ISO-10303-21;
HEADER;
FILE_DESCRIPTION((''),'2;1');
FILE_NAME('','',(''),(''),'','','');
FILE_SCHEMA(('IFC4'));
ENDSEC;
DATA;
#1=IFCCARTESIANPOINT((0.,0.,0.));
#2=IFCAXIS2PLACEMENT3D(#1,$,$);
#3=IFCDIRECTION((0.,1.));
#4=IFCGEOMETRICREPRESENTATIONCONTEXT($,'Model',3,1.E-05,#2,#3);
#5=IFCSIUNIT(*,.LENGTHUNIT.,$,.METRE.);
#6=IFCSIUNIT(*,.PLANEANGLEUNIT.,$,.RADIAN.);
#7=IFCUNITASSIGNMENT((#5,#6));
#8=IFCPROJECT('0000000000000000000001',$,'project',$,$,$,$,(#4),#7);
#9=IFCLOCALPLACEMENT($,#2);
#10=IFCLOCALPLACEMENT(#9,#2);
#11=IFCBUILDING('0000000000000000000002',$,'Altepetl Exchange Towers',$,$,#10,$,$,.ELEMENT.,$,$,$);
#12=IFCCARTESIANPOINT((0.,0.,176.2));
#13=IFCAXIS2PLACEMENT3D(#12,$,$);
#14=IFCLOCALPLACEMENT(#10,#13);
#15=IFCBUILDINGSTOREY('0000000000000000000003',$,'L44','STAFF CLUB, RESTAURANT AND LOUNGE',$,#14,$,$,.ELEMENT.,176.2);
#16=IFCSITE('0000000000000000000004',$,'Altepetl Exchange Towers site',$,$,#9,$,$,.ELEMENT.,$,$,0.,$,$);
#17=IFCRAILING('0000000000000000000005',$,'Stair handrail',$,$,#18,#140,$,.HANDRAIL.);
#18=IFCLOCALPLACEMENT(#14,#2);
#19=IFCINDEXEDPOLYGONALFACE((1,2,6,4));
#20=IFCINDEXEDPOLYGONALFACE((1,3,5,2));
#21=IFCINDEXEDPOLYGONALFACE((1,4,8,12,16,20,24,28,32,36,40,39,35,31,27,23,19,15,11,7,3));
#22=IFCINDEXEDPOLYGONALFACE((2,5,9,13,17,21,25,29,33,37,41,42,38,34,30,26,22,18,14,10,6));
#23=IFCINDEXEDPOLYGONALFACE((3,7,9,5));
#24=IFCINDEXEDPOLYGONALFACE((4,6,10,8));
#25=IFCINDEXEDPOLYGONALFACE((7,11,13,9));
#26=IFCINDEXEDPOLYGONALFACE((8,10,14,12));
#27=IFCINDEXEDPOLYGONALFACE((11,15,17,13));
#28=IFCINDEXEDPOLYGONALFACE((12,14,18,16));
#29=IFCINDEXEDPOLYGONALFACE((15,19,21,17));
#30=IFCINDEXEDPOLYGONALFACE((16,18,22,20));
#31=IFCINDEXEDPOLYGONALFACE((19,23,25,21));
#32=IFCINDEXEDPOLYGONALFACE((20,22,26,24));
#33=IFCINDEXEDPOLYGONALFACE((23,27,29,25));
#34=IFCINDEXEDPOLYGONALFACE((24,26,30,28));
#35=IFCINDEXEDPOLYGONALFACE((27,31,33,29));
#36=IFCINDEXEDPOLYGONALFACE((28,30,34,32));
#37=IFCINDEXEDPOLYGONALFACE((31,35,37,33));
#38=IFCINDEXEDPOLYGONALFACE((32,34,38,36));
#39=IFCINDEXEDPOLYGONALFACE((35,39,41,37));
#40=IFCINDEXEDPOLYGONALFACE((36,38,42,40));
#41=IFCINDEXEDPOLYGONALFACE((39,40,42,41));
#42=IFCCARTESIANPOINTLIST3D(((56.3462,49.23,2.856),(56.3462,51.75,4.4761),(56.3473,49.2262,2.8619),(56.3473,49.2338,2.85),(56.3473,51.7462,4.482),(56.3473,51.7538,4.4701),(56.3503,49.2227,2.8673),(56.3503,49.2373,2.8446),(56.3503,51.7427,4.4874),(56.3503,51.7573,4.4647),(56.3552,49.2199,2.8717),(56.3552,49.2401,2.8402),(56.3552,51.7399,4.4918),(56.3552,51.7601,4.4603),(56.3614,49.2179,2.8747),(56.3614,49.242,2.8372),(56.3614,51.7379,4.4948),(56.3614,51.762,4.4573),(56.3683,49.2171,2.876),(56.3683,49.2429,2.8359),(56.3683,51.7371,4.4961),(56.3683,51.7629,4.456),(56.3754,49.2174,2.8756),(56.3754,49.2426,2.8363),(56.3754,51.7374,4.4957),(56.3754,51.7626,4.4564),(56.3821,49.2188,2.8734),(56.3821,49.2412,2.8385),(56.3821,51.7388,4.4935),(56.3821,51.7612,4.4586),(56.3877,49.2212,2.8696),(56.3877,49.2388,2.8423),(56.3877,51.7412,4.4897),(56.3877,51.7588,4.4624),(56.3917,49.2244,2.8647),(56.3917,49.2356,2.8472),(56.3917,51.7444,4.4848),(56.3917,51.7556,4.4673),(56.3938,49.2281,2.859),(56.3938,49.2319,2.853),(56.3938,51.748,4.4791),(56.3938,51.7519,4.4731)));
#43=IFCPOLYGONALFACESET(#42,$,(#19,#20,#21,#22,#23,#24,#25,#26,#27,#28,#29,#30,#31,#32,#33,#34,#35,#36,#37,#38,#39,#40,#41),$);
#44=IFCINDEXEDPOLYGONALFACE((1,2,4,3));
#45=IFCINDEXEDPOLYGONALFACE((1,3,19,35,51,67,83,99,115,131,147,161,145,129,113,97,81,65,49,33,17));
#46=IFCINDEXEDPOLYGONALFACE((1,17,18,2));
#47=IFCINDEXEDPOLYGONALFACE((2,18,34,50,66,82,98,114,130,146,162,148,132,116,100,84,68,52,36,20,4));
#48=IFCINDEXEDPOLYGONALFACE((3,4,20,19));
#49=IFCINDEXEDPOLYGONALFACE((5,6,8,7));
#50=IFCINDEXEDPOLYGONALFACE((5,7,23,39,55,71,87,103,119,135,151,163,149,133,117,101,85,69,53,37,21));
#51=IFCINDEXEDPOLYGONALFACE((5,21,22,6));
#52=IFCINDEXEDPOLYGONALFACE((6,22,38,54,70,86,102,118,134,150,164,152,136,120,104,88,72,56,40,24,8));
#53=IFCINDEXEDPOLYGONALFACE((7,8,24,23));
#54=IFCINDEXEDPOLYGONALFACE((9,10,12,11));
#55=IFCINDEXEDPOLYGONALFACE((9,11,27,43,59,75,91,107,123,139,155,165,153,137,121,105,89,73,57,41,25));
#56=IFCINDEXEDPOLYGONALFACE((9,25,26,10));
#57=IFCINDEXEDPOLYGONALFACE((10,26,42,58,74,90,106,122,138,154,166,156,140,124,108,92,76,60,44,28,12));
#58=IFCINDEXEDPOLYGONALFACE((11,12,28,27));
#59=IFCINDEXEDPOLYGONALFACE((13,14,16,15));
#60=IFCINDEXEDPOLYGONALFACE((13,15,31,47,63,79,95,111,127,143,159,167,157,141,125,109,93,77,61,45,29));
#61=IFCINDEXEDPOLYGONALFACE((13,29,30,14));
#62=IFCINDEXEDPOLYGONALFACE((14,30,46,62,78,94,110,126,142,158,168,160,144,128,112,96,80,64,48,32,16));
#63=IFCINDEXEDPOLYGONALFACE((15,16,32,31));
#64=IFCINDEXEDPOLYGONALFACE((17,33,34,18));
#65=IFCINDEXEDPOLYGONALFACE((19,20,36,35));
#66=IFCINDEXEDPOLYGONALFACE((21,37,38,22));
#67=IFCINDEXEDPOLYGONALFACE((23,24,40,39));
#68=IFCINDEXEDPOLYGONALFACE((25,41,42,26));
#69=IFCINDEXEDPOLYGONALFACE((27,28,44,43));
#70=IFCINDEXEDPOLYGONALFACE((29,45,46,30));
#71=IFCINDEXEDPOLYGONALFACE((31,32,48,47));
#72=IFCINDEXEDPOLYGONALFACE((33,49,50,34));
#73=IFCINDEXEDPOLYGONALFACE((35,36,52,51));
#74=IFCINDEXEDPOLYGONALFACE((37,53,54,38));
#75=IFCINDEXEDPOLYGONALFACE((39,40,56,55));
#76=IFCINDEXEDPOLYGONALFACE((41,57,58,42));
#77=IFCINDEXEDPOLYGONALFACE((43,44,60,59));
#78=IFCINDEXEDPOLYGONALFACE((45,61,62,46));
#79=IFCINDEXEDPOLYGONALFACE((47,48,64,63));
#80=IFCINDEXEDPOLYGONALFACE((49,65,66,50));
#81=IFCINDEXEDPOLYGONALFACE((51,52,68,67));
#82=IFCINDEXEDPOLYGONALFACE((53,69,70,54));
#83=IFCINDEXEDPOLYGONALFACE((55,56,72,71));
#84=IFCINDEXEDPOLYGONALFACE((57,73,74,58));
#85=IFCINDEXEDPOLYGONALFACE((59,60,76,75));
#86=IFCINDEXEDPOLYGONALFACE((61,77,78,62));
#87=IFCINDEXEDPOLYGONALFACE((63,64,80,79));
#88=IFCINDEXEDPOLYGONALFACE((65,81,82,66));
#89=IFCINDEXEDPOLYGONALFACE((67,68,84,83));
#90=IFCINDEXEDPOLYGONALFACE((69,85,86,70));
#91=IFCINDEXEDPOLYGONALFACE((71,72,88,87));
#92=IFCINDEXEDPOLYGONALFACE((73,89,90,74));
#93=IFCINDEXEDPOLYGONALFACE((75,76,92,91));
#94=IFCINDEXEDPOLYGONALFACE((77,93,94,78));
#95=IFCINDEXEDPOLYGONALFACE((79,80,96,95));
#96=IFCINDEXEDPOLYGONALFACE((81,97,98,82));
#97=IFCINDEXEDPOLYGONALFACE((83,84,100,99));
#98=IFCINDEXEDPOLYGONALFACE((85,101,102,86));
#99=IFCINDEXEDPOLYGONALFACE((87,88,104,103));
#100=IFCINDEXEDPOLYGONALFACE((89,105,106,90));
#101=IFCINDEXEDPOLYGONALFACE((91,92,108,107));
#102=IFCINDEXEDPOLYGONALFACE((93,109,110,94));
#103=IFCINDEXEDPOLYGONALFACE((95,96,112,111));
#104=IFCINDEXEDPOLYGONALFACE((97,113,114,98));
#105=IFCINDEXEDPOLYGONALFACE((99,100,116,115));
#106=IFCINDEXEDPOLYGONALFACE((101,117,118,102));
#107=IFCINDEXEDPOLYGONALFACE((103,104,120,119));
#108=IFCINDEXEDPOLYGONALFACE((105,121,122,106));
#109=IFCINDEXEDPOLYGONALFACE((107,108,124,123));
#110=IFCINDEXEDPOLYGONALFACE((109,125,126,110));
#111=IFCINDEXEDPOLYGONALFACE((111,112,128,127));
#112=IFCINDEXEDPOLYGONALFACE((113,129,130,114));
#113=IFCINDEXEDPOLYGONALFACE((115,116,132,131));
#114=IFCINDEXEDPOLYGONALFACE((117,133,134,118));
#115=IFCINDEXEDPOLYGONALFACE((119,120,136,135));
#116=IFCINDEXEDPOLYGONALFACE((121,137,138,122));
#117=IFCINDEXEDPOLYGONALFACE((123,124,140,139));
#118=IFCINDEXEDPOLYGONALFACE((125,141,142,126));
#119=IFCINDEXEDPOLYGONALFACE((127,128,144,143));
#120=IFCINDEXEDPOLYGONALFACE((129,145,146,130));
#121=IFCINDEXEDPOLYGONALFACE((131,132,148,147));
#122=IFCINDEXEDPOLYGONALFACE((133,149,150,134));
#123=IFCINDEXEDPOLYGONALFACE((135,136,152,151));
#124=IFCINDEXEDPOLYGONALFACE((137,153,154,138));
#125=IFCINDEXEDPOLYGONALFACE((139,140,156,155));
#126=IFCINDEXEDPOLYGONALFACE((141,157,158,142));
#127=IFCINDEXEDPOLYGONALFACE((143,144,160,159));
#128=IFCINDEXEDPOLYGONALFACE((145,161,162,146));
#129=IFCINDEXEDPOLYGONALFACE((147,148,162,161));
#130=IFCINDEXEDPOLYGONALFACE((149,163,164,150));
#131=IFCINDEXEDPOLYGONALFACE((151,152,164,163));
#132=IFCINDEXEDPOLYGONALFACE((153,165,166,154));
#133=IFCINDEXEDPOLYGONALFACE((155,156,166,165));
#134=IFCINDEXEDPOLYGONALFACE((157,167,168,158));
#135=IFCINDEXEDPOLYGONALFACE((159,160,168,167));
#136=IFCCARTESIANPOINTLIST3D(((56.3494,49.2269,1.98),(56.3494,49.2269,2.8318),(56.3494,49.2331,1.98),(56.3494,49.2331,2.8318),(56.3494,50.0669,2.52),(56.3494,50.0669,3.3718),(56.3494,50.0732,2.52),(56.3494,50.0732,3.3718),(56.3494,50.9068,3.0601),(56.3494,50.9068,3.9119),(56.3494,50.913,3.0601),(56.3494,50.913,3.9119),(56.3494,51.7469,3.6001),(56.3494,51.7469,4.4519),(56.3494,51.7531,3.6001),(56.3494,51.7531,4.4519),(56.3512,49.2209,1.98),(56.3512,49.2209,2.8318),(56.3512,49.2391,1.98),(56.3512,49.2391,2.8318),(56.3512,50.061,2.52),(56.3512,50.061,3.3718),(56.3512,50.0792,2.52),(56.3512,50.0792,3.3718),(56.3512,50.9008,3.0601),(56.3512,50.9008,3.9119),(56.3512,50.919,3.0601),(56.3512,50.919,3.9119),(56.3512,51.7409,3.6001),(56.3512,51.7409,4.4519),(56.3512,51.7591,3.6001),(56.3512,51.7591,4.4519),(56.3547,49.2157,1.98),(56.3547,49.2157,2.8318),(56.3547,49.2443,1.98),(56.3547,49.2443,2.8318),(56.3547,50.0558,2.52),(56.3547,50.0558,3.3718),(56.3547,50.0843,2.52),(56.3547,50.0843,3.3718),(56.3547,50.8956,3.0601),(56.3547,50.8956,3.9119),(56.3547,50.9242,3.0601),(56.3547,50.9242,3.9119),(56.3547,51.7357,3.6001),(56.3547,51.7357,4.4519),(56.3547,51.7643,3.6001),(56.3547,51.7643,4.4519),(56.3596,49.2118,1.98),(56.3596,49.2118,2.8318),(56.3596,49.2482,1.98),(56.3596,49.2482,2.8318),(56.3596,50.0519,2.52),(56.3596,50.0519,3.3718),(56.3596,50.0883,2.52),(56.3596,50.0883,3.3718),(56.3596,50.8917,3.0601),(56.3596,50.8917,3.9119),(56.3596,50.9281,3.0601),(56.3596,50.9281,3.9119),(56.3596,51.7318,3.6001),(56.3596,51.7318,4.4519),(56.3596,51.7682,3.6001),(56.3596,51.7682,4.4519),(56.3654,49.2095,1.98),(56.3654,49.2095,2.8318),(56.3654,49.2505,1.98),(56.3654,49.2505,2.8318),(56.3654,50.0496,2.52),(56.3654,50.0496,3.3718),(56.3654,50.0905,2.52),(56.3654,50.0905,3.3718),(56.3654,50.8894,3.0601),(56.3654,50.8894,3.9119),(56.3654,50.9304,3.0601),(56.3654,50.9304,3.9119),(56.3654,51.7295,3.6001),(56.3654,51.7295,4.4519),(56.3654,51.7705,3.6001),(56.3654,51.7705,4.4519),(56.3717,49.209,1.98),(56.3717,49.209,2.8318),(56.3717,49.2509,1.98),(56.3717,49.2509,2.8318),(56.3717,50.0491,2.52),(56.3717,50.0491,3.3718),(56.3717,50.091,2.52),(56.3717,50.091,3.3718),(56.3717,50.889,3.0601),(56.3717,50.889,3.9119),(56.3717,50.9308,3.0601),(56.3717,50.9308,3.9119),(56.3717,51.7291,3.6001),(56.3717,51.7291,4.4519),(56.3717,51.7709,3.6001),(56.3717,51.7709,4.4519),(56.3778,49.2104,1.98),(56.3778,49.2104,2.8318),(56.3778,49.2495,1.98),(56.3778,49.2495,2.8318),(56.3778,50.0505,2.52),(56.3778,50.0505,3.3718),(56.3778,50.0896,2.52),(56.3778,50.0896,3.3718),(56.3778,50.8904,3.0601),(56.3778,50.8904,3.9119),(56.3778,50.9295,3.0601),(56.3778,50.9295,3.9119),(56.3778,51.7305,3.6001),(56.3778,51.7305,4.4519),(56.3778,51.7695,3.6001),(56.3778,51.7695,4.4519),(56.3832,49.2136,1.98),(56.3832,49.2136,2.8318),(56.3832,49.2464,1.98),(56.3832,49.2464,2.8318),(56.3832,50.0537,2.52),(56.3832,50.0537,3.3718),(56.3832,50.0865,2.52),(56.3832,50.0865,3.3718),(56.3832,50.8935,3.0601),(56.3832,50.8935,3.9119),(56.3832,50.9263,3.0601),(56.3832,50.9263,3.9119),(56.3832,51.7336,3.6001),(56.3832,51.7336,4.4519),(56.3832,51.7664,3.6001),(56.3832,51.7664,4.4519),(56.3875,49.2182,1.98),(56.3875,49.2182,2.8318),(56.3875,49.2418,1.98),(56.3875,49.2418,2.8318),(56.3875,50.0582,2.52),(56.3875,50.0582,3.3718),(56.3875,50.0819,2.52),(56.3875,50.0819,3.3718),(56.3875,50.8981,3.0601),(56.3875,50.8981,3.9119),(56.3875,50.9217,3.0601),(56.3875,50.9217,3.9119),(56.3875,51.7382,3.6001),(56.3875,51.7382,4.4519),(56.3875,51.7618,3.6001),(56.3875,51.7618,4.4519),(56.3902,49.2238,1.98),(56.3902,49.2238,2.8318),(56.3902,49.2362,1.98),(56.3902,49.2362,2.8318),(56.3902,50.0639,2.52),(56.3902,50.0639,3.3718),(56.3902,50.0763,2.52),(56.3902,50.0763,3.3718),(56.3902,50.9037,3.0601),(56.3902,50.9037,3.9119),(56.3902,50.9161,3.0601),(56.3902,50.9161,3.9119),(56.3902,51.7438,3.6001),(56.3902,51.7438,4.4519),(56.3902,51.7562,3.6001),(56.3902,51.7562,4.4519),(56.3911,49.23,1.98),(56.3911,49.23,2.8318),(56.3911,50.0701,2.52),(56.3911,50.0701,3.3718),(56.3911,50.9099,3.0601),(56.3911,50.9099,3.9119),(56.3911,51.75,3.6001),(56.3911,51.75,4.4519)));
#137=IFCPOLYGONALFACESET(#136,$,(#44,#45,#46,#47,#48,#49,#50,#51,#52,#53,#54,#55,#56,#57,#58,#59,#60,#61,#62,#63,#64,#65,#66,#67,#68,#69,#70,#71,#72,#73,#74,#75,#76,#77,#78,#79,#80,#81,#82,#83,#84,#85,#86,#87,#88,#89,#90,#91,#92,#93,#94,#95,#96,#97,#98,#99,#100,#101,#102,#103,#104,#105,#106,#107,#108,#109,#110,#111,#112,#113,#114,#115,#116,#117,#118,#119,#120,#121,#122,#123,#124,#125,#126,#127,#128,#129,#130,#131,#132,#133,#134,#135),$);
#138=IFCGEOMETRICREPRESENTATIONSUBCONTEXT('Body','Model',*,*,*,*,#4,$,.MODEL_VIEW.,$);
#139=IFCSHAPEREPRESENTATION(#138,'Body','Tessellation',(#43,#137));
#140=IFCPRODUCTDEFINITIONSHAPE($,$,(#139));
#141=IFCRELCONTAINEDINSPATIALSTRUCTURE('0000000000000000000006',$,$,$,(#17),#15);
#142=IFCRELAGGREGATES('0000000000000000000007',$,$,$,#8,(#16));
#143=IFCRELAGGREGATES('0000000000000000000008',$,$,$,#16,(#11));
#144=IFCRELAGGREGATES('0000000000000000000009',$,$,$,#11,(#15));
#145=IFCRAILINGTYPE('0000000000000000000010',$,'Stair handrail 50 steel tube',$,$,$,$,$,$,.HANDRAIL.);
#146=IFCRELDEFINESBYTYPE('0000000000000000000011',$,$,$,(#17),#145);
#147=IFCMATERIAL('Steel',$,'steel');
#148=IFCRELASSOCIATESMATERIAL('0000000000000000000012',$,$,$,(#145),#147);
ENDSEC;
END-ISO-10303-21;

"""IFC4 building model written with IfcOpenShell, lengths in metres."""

from ifc_helpers import new_model, si_unit, direction, frame, origin, origin_2d, place, context, subcontext, project, spatial, circle, extrude, source, transform, mapped, material, type_object, element, save


model = new_model("IFC4")

# Units and contexts
model_context = context("Model", 3, precision=1e-05, world=origin(), true_north=direction((0.0, 1.0)))
body_context = subcontext(model_context, "Body", "Model", "MODEL_VIEW")
ifc_project = project(units=[si_unit("LENGTHUNIT", "METRE"), si_unit("PLANEANGLEUNIT", "RADIAN")], contexts=[model_context])

# Site, building, storey
site_placement = place(None, origin())
site = spatial("IfcSite", under=ifc_project, at=site_placement, Name="Altepetl Exchange Towers site", CompositionType="ELEMENT", RefElevation=0.0)
building_placement = place(site_placement, origin())
building = spatial("IfcBuilding", under=site, at=building_placement, Name="Altepetl Exchange Towers", CompositionType="ELEMENT")
storey_placement = place(building_placement, frame((0.0, 0.0, 176.2)))
storey = spatial("IfcBuildingStorey", under=building, at=storey_placement, Name="L44", Description="STAFF CLUB, RESTAURANT AND LOUNGE", CompositionType="ELEMENT", Elevation=176.2)

# Railing
ifc_material_1 = material(Name="Steel", Category="steel")
railing_type = type_object("IfcRailingType", Name="Stair handrail 50 steel tube", PredefinedType="HANDRAIL", material=ifc_material_1)
shared_shape = source(origin(), body_context, "Body", "SweptSolid", [
    extrude(circle(Radius=0.021, at=origin_2d()), origin(), (0.0, 0.0, 1.0), 0.8518),
])
railing_1_placement = place(storey_placement, frame((56.3701, 49.23, 1.98)))
element("IfcRailing", 1, at=railing_1_placement, inside=storey, type_object=railing_type, Name="Stair handrail", PredefinedType="HANDRAIL", context=body_context, shape_type="SweptSolid", body=[
    extrude(circle(Radius=0.0239, at=origin_2d()), frame((0.0, 0.0, 0.876), z_axis=(0.0, 0.841163, 0.540782), x_axis=(-1.0, 0.0, 0.0)), (0.0, 0.0, 1.0), 2.9958),
    mapped(shared_shape, transform((0.0, 0.0, 0.0))),
    mapped(shared_shape, transform((0.0, 0.8401, 0.54))),
    mapped(shared_shape, transform((0.0, 1.6799, 1.0801))),
    mapped(shared_shape, transform((0.0, 2.52, 1.6201))),
])

save(model, "model.ifc")
